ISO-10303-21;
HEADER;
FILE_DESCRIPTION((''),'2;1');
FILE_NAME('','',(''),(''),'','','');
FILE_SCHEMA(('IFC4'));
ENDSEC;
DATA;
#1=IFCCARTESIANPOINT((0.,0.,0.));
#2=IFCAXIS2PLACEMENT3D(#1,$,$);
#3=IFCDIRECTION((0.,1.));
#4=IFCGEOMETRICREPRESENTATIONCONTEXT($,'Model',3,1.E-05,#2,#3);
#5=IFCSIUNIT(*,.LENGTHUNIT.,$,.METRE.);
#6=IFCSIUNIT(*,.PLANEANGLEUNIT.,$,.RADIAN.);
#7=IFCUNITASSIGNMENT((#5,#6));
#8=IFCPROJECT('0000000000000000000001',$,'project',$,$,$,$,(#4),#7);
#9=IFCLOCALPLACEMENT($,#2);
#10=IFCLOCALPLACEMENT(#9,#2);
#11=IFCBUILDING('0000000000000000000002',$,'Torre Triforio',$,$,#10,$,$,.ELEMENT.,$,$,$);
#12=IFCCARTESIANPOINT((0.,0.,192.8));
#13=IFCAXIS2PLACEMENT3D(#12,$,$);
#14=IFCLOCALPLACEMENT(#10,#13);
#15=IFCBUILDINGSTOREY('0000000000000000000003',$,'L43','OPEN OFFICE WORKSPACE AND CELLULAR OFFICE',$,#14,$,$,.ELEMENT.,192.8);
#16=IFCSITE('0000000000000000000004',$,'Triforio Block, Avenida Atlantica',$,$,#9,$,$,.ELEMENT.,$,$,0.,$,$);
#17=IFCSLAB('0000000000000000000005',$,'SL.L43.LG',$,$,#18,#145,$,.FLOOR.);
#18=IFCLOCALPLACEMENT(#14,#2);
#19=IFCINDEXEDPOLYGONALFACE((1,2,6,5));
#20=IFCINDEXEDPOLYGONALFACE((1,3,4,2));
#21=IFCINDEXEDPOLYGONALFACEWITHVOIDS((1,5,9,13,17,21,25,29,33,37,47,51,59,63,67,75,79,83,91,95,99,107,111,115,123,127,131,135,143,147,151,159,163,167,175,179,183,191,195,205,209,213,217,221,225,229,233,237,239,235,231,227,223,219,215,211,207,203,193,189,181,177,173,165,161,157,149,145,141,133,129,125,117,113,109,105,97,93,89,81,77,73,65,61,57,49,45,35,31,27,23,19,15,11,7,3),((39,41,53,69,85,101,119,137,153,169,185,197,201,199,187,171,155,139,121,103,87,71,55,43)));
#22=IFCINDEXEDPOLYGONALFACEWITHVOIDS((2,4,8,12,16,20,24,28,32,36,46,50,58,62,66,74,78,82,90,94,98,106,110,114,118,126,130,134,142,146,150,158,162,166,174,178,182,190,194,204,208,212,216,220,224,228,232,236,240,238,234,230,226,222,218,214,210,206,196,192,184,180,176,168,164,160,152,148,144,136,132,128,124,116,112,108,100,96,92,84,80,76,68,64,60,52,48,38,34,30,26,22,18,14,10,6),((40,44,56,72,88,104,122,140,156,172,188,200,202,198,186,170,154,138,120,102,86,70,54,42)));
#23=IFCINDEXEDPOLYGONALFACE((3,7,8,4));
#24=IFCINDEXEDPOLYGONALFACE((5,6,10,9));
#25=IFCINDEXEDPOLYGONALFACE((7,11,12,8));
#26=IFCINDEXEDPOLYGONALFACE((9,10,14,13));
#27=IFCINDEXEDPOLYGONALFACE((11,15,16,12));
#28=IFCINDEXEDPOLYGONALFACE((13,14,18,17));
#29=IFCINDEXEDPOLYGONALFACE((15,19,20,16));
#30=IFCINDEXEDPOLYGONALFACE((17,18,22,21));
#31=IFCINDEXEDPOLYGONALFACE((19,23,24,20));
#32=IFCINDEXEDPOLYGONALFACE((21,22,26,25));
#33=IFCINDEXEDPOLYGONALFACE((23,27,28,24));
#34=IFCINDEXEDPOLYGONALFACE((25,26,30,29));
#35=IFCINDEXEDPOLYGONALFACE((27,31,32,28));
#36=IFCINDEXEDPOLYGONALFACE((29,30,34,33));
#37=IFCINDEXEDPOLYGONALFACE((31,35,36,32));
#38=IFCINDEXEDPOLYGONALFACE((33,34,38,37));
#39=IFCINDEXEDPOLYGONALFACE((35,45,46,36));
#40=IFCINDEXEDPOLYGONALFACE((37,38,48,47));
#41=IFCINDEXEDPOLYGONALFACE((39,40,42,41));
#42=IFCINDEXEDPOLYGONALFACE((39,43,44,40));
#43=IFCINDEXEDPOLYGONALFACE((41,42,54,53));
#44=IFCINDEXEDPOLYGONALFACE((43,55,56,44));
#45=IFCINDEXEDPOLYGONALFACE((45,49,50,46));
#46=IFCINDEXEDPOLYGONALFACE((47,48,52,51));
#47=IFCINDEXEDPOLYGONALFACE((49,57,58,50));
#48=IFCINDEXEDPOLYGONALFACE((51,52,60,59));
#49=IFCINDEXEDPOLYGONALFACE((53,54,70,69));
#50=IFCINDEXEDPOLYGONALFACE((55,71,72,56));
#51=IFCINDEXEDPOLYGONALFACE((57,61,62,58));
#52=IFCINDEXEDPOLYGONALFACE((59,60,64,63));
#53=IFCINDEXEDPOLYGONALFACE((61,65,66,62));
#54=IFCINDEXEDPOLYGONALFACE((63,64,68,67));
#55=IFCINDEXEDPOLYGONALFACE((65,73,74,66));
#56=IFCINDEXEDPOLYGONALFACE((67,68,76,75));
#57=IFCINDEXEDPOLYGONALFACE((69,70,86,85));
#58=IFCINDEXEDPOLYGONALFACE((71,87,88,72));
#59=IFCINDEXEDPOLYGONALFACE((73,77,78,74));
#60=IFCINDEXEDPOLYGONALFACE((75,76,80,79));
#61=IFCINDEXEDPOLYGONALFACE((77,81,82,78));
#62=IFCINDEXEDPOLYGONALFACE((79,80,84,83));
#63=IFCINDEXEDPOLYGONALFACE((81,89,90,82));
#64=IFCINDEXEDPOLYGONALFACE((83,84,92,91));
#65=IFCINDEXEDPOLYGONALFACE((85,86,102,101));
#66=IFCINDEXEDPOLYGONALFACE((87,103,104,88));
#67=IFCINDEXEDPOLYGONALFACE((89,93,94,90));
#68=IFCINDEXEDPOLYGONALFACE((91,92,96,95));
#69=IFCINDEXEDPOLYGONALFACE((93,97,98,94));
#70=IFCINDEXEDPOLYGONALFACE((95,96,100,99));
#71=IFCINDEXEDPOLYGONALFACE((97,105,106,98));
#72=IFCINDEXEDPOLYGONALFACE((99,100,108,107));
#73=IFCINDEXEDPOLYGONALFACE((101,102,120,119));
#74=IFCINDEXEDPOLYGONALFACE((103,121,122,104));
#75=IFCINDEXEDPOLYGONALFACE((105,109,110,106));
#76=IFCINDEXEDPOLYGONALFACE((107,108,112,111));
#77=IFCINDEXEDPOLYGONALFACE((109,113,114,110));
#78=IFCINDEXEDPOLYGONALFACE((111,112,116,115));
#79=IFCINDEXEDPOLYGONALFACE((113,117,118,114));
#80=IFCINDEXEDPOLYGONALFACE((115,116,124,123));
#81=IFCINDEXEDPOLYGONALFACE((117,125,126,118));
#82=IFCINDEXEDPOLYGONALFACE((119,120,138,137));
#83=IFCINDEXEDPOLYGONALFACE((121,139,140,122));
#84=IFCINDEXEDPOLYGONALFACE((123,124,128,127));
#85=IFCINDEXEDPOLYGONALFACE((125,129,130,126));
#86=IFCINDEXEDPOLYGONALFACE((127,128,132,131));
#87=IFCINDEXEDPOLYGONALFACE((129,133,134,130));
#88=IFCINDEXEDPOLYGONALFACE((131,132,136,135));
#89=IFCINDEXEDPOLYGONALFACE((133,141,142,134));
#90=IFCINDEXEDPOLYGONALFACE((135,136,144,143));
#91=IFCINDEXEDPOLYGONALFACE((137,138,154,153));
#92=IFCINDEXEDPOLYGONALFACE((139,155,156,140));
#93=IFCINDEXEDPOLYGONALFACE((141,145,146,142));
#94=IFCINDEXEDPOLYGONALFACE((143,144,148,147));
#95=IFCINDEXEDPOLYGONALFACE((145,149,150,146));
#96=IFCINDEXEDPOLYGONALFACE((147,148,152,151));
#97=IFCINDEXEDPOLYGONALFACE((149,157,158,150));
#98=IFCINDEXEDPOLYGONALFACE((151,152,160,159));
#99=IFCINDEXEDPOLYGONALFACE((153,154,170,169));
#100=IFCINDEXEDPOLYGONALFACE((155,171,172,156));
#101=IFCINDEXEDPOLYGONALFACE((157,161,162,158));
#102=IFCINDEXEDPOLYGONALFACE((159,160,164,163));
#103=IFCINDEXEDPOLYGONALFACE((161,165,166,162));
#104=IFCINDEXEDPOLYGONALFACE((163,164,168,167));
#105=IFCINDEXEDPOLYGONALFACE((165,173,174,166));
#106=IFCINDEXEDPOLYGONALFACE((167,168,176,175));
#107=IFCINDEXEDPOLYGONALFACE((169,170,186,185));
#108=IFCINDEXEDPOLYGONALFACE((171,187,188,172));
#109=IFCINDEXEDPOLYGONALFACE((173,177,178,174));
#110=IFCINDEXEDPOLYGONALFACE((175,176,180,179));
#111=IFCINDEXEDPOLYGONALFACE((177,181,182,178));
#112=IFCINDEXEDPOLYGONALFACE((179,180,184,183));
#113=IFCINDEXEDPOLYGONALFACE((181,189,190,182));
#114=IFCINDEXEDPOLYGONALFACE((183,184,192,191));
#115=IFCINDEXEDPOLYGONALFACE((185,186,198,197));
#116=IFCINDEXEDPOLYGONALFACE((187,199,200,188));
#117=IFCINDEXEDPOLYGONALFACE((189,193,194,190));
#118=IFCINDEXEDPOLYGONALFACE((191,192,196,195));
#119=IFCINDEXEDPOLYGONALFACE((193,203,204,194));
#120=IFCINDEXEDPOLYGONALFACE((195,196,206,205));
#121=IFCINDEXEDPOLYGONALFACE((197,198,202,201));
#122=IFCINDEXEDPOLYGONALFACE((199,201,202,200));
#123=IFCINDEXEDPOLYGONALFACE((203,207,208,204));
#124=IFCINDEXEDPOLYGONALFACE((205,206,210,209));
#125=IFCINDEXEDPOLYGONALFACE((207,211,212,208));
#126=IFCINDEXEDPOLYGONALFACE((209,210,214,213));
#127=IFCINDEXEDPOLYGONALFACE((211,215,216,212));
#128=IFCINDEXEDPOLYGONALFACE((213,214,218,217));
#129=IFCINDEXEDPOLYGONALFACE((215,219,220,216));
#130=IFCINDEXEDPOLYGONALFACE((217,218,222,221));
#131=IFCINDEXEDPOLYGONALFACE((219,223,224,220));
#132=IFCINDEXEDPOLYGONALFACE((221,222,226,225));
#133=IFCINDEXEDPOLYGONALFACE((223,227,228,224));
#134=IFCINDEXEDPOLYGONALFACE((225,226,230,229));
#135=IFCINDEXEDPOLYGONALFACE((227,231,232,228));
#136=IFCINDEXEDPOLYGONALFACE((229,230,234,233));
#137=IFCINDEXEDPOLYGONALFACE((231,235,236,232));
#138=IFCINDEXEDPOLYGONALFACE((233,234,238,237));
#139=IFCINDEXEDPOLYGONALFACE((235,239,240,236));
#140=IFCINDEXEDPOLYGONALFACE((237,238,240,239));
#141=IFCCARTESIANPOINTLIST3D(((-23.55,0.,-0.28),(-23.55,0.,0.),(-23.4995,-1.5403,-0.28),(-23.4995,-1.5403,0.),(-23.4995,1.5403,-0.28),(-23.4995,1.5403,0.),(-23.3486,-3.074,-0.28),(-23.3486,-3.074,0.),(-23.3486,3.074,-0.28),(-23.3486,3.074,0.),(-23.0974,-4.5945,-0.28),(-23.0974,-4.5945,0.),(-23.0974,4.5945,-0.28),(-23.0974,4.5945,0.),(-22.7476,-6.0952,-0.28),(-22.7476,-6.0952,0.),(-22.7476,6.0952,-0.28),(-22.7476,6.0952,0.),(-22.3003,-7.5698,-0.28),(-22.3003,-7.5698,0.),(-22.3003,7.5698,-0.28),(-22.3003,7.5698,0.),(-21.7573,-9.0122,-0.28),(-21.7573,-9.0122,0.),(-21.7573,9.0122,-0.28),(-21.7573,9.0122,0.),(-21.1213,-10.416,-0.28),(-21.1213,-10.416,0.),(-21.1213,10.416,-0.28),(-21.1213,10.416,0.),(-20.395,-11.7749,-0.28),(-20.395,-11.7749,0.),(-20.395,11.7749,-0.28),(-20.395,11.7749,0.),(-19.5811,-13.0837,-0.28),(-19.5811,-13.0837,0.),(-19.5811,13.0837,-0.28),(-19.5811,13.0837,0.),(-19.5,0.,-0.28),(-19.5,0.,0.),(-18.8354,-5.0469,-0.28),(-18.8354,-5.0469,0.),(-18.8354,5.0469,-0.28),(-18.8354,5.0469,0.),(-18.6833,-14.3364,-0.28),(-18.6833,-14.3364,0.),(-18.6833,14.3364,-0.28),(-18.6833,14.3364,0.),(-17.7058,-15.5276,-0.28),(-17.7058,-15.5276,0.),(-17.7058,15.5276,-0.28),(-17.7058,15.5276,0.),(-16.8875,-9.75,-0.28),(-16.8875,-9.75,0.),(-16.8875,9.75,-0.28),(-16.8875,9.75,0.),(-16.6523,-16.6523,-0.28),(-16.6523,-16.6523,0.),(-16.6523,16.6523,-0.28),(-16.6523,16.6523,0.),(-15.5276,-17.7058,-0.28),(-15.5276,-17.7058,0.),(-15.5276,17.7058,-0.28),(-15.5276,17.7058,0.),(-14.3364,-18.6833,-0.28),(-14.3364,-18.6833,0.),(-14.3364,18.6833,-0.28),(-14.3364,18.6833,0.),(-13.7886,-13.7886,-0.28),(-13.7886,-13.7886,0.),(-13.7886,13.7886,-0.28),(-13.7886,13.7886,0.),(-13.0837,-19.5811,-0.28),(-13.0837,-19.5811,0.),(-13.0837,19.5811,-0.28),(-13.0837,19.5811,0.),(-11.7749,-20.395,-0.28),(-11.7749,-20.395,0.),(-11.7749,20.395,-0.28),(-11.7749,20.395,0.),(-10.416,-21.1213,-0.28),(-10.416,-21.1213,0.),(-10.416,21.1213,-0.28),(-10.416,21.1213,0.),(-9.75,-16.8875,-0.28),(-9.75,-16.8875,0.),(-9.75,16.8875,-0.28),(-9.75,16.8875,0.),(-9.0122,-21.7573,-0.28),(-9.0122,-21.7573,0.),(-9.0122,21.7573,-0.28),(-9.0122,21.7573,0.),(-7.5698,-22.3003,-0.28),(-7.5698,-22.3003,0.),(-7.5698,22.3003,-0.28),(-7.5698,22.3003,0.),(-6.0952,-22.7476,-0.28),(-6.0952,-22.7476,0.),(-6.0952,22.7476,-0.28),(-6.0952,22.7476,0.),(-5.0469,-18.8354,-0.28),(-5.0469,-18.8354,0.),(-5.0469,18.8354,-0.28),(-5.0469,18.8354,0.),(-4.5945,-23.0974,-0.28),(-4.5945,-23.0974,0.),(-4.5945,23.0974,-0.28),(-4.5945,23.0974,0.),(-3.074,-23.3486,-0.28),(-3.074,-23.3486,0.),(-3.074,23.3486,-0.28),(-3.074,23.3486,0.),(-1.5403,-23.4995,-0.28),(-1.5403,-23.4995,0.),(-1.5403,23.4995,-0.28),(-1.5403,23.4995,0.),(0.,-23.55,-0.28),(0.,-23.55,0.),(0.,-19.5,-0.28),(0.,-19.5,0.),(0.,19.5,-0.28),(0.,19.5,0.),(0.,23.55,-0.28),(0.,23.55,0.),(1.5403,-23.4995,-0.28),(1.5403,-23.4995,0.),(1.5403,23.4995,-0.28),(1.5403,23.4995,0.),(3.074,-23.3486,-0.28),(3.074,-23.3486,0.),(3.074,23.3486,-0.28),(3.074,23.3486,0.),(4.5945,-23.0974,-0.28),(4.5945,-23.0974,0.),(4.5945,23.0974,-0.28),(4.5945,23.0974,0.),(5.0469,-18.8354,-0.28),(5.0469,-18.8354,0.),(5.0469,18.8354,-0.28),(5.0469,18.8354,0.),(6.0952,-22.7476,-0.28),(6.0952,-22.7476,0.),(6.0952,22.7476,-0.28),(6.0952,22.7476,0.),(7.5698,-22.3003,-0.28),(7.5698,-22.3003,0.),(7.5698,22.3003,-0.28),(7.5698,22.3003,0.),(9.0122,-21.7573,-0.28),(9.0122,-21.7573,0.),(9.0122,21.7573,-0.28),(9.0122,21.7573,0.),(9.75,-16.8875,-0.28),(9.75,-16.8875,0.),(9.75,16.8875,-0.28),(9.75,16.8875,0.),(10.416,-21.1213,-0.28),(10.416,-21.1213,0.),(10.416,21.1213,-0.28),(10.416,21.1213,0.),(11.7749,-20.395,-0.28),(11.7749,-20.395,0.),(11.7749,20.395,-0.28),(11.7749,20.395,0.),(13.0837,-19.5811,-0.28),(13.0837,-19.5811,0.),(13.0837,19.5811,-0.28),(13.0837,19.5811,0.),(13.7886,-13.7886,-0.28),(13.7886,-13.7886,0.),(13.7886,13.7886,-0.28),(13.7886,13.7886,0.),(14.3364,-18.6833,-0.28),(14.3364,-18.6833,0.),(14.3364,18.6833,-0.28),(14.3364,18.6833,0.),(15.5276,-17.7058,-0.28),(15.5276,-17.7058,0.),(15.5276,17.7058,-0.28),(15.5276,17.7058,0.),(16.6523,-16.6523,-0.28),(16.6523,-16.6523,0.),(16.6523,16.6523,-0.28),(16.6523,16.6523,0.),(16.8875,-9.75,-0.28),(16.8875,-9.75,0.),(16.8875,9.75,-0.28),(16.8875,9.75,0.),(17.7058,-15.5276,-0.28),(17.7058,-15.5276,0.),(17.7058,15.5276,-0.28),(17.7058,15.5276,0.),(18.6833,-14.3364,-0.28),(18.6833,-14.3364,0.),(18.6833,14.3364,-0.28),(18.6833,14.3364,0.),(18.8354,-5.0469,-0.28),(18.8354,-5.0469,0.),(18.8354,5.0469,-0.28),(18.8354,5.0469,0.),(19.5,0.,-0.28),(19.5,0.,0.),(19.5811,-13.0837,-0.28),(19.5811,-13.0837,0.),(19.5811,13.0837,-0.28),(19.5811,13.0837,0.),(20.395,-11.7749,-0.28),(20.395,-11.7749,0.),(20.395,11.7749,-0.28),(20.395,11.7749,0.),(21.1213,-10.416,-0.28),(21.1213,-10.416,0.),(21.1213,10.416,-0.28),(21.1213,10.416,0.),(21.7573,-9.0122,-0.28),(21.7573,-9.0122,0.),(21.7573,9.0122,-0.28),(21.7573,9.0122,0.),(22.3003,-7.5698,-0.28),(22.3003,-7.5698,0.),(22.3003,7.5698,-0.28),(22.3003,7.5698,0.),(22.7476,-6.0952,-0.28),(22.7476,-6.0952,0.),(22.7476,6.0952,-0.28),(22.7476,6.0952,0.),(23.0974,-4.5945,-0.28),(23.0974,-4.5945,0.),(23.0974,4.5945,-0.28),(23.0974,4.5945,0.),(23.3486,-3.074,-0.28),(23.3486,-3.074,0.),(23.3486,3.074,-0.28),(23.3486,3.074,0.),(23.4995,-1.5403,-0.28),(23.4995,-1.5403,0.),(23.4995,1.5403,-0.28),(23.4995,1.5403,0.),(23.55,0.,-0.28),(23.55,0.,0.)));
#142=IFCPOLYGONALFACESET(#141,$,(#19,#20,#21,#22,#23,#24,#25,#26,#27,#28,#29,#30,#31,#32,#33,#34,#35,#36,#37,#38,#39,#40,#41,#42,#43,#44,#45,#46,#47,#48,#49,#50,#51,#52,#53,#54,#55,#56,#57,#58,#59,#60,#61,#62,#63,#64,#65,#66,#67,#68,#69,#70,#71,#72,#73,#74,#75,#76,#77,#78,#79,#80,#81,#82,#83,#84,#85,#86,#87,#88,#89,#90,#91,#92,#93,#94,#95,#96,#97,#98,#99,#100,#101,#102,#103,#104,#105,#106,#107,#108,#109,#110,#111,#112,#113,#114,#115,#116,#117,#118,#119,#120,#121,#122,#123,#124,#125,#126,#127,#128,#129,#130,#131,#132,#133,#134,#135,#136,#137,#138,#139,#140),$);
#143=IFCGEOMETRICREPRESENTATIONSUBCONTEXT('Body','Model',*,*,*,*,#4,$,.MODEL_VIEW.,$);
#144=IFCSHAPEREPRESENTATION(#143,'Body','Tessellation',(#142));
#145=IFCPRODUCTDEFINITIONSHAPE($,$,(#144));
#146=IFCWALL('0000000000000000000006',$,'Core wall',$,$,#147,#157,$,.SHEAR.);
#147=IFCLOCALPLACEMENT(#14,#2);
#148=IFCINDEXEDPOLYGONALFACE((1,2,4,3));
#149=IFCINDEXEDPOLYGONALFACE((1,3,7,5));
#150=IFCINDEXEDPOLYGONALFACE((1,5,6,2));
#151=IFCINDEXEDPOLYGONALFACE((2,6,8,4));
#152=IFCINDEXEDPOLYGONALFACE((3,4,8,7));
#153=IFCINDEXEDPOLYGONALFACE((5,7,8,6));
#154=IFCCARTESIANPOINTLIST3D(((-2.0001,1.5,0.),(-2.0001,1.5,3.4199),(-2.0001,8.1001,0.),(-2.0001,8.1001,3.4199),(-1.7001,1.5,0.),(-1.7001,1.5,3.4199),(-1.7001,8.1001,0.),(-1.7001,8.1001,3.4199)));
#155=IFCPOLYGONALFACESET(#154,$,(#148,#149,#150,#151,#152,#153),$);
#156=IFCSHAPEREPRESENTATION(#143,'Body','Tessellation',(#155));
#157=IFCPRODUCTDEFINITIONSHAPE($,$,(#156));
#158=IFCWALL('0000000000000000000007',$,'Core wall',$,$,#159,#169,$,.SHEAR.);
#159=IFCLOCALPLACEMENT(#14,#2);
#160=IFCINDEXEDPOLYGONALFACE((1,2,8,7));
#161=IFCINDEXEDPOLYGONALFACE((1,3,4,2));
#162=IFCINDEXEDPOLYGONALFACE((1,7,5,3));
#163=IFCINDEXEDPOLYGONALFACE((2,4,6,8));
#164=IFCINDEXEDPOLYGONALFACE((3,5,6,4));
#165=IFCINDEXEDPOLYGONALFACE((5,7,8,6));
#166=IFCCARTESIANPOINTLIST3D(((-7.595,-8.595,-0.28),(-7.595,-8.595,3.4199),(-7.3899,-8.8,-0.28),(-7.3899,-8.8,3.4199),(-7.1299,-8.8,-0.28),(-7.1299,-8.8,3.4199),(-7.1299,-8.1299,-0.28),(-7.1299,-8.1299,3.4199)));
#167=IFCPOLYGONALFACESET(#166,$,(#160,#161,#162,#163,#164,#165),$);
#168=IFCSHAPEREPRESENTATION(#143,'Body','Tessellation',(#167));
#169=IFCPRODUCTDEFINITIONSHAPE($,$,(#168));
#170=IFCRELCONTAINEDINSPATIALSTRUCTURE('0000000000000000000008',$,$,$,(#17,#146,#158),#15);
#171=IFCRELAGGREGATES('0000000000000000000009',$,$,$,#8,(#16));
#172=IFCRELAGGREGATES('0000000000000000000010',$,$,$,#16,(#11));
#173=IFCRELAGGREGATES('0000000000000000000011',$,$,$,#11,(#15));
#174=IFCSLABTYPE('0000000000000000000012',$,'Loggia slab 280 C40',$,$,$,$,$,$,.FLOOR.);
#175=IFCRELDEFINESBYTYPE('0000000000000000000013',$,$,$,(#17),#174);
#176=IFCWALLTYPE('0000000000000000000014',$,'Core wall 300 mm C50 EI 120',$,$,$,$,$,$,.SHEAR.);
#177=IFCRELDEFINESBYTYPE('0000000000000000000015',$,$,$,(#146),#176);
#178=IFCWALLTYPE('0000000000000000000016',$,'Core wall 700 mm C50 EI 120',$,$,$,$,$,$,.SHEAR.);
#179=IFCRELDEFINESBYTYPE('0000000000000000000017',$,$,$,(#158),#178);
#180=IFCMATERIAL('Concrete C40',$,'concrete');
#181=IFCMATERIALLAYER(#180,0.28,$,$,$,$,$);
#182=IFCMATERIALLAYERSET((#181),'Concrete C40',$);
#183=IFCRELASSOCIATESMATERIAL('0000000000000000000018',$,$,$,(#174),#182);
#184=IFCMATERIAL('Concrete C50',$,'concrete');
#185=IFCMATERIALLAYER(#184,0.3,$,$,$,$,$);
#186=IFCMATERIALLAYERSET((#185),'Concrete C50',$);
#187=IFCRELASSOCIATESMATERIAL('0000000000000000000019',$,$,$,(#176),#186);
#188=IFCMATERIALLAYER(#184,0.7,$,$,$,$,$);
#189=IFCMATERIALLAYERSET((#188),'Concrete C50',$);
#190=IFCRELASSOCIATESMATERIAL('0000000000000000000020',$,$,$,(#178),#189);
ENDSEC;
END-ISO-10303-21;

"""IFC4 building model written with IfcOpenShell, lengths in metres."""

from ifc_helpers import new_model, si_unit, direction, frame, frame_2d, origin, place, context, subcontext, project, spatial, polyline, rectangle, outline, extrude, material, layer, layer_set, type_object, element, save


model = new_model("IFC4")

# Units and contexts
model_context = context("Model", 3, precision=1e-05, world=origin(), true_north=direction((0.0, 1.0)))
body_context = subcontext(model_context, "Body", "Model", "MODEL_VIEW")
ifc_project = project(units=[si_unit("LENGTHUNIT", "METRE"), si_unit("PLANEANGLEUNIT", "RADIAN")], contexts=[model_context])

# Site, building, storey
site_placement = place(None, origin())
site = spatial("IfcSite", under=ifc_project, at=site_placement, Name="Triforio Block, Avenida Atlantica", CompositionType="ELEMENT", RefElevation=0.0)
building_placement = place(site_placement, origin())
building = spatial("IfcBuilding", under=site, at=building_placement, Name="Torre Triforio", CompositionType="ELEMENT")
storey_placement = place(building_placement, frame((0.0, 0.0, 192.8)))
storey = spatial("IfcBuildingStorey", under=building, at=storey_placement, Name="L43", Description="OPEN OFFICE WORKSPACE AND CELLULAR OFFICE", CompositionType="ELEMENT", Elevation=192.8)

# Slab
ifc_material_1 = material(Name="Concrete C40", Category="concrete")
ifc_layer_1 = layer(ifc_material_1, 0.28)
ifc_layer_set_1 = layer_set([ifc_layer_1], Name="Concrete C40")
slab_type_1 = type_object("IfcSlabType", Name="Loggia slab 280 C40", PredefinedType="FLOOR", material=ifc_layer_set_1)
slab_1_placement = place(storey_placement, frame((0.0, 0.0, -0.28)))
element("IfcSlab", 1, at=slab_1_placement, inside=storey, type_object=slab_type_1, Name="SL.L43.LG", PredefinedType="FLOOR", context=body_context, shape_type="SweptSolid", body=[
    extrude(outline(polyline([(23.4995, -1.5403), (23.55, 0.0), (23.4995, 1.5403), (23.3486, 3.074), (23.0974, 4.5945), (22.7476, 6.0952), (22.3003, 7.5698), (21.7573, 9.0122), (21.1213, 10.416), (20.395, 11.7749), (19.5811, 13.0837), (18.6833, 14.3364), (17.7058, 15.5276), (16.6523, 16.6523), (15.5276, 17.7058), (14.3364, 18.6833), (13.0837, 19.5811), (11.7749, 20.395), (10.416, 21.1213), (9.0122, 21.7573), (7.5698, 22.3003), (6.0952, 22.7476), (4.5945, 23.0974), (3.074, 23.3486), (1.5403, 23.4995), (0.0, 23.55), (-1.5403, 23.4995), (-3.074, 23.3486), (-4.5945, 23.0974), (-6.0952, 22.7476), (-7.5698, 22.3003), (-9.0122, 21.7573), (-10.416, 21.1213), (-11.7749, 20.395), (-13.0837, 19.5811), (-14.3364, 18.6833), (-15.5276, 17.7058), (-16.6523, 16.6523), (-17.7058, 15.5276), (-18.6833, 14.3364), (-19.5811, 13.0837), (-20.395, 11.7749), (-21.1213, 10.416), (-21.7573, 9.0122), (-22.3003, 7.5698), (-22.7476, 6.0952), (-23.0974, 4.5945), (-23.3486, 3.074), (-23.4995, 1.5403), (-23.55, 0.0), (-23.4995, -1.5403), (-23.3486, -3.074), (-23.0974, -4.5945), (-22.7476, -6.0952), (-22.3003, -7.5698), (-21.7573, -9.0122), (-21.1213, -10.416), (-20.395, -11.7749), (-19.5811, -13.0837), (-18.6833, -14.3364), (-17.7058, -15.5276), (-16.6523, -16.6523), (-15.5276, -17.7058), (-14.3364, -18.6833), (-13.0837, -19.5811), (-11.7749, -20.395), (-10.416, -21.1213), (-9.0122, -21.7573), (-7.5698, -22.3003), (-6.0952, -22.7476), (-4.5945, -23.0974), (-3.074, -23.3486), (-1.5403, -23.4995), (0.0, -23.55), (1.5403, -23.4995), (3.074, -23.3486), (4.5945, -23.0974), (6.0952, -22.7476), (7.5698, -22.3003), (9.0122, -21.7573), (10.416, -21.1213), (11.7749, -20.395), (13.0837, -19.5811), (14.3364, -18.6833), (15.5276, -17.7058), (16.6523, -16.6523), (17.7058, -15.5276), (18.6833, -14.3364), (19.5811, -13.0837), (20.395, -11.7749), (21.1213, -10.416), (21.7573, -9.0122), (22.3003, -7.5698), (22.7476, -6.0952), (23.0974, -4.5945), (23.3486, -3.074), (23.4995, -1.5403)]), holes=[polyline([(18.8354, 5.0469), (19.5, 0.0), (18.8354, -5.0469), (16.8875, -9.75), (13.7886, -13.7886), (9.75, -16.8875), (5.0469, -18.8354), (0.0, -19.5), (-5.0469, -18.8354), (-9.75, -16.8875), (-13.7886, -13.7886), (-16.8875, -9.75), (-18.8354, -5.0469), (-19.5, 0.0), (-18.8354, 5.0469), (-16.8875, 9.75), (-13.7886, 13.7886), (-9.75, 16.8875), (-5.0469, 18.8354), (0.0, 19.5), (5.0469, 18.8354), (9.75, 16.8875), (13.7886, 13.7886), (16.8875, 9.75), (18.8354, 5.0469)])]), origin(), (0.0, 0.0, 1.0), 0.28),
])

# Walls
ifc_material_2 = material(Name="Concrete C50", Category="concrete")
ifc_layer_2 = layer(ifc_material_2, 0.3)
ifc_layer_set_2 = layer_set([ifc_layer_2], Name="Concrete C50")
wall_type_1 = type_object("IfcWallType", Name="Core wall 300 mm C50 EI 120", PredefinedType="SHEAR", material=ifc_layer_set_2)
wall_1_placement = place(storey_placement, frame((-1.8501, 1.5, 0.0), z_axis=(0.0, 0.0, 1.0), x_axis=(0.0, 1.0, 0.0)))
element("IfcWall", 2, at=wall_1_placement, inside=storey, type_object=wall_type_1, Name="Core wall", PredefinedType="SHEAR", context=body_context, shape_type="SweptSolid", body=[
    extrude(rectangle(XDim=6.6001, YDim=0.3, at=frame_2d((3.3, 0.0))), origin(), (0.0, 0.0, 1.0), 3.4199),
])
ifc_layer_3 = layer(ifc_material_2, 0.7)
ifc_layer_set_3 = layer_set([ifc_layer_3], Name="Concrete C50")
wall_type_2 = type_object("IfcWallType", Name="Core wall 700 mm C50 EI 120", PredefinedType="SHEAR", material=ifc_layer_set_3)
wall_2_placement = place(storey_placement, frame((0.0, 0.0, -0.28)))
element("IfcWall", 3, at=wall_2_placement, inside=storey, type_object=wall_type_2, Name="Core wall", PredefinedType="SHEAR", context=body_context, shape_type="SweptSolid", body=[
    extrude(outline(polyline([(-7.3899, -8.8), (-7.595, -8.595), (-7.595, -8.595), (-7.595, -8.595), (-7.1299, -8.1299), (-7.1299, -8.8), (-7.1299, -8.8), (-7.3899, -8.8)])), origin(), (0.0, 0.0, 1.0), 3.7),
])

save(model, "model.ifc")
